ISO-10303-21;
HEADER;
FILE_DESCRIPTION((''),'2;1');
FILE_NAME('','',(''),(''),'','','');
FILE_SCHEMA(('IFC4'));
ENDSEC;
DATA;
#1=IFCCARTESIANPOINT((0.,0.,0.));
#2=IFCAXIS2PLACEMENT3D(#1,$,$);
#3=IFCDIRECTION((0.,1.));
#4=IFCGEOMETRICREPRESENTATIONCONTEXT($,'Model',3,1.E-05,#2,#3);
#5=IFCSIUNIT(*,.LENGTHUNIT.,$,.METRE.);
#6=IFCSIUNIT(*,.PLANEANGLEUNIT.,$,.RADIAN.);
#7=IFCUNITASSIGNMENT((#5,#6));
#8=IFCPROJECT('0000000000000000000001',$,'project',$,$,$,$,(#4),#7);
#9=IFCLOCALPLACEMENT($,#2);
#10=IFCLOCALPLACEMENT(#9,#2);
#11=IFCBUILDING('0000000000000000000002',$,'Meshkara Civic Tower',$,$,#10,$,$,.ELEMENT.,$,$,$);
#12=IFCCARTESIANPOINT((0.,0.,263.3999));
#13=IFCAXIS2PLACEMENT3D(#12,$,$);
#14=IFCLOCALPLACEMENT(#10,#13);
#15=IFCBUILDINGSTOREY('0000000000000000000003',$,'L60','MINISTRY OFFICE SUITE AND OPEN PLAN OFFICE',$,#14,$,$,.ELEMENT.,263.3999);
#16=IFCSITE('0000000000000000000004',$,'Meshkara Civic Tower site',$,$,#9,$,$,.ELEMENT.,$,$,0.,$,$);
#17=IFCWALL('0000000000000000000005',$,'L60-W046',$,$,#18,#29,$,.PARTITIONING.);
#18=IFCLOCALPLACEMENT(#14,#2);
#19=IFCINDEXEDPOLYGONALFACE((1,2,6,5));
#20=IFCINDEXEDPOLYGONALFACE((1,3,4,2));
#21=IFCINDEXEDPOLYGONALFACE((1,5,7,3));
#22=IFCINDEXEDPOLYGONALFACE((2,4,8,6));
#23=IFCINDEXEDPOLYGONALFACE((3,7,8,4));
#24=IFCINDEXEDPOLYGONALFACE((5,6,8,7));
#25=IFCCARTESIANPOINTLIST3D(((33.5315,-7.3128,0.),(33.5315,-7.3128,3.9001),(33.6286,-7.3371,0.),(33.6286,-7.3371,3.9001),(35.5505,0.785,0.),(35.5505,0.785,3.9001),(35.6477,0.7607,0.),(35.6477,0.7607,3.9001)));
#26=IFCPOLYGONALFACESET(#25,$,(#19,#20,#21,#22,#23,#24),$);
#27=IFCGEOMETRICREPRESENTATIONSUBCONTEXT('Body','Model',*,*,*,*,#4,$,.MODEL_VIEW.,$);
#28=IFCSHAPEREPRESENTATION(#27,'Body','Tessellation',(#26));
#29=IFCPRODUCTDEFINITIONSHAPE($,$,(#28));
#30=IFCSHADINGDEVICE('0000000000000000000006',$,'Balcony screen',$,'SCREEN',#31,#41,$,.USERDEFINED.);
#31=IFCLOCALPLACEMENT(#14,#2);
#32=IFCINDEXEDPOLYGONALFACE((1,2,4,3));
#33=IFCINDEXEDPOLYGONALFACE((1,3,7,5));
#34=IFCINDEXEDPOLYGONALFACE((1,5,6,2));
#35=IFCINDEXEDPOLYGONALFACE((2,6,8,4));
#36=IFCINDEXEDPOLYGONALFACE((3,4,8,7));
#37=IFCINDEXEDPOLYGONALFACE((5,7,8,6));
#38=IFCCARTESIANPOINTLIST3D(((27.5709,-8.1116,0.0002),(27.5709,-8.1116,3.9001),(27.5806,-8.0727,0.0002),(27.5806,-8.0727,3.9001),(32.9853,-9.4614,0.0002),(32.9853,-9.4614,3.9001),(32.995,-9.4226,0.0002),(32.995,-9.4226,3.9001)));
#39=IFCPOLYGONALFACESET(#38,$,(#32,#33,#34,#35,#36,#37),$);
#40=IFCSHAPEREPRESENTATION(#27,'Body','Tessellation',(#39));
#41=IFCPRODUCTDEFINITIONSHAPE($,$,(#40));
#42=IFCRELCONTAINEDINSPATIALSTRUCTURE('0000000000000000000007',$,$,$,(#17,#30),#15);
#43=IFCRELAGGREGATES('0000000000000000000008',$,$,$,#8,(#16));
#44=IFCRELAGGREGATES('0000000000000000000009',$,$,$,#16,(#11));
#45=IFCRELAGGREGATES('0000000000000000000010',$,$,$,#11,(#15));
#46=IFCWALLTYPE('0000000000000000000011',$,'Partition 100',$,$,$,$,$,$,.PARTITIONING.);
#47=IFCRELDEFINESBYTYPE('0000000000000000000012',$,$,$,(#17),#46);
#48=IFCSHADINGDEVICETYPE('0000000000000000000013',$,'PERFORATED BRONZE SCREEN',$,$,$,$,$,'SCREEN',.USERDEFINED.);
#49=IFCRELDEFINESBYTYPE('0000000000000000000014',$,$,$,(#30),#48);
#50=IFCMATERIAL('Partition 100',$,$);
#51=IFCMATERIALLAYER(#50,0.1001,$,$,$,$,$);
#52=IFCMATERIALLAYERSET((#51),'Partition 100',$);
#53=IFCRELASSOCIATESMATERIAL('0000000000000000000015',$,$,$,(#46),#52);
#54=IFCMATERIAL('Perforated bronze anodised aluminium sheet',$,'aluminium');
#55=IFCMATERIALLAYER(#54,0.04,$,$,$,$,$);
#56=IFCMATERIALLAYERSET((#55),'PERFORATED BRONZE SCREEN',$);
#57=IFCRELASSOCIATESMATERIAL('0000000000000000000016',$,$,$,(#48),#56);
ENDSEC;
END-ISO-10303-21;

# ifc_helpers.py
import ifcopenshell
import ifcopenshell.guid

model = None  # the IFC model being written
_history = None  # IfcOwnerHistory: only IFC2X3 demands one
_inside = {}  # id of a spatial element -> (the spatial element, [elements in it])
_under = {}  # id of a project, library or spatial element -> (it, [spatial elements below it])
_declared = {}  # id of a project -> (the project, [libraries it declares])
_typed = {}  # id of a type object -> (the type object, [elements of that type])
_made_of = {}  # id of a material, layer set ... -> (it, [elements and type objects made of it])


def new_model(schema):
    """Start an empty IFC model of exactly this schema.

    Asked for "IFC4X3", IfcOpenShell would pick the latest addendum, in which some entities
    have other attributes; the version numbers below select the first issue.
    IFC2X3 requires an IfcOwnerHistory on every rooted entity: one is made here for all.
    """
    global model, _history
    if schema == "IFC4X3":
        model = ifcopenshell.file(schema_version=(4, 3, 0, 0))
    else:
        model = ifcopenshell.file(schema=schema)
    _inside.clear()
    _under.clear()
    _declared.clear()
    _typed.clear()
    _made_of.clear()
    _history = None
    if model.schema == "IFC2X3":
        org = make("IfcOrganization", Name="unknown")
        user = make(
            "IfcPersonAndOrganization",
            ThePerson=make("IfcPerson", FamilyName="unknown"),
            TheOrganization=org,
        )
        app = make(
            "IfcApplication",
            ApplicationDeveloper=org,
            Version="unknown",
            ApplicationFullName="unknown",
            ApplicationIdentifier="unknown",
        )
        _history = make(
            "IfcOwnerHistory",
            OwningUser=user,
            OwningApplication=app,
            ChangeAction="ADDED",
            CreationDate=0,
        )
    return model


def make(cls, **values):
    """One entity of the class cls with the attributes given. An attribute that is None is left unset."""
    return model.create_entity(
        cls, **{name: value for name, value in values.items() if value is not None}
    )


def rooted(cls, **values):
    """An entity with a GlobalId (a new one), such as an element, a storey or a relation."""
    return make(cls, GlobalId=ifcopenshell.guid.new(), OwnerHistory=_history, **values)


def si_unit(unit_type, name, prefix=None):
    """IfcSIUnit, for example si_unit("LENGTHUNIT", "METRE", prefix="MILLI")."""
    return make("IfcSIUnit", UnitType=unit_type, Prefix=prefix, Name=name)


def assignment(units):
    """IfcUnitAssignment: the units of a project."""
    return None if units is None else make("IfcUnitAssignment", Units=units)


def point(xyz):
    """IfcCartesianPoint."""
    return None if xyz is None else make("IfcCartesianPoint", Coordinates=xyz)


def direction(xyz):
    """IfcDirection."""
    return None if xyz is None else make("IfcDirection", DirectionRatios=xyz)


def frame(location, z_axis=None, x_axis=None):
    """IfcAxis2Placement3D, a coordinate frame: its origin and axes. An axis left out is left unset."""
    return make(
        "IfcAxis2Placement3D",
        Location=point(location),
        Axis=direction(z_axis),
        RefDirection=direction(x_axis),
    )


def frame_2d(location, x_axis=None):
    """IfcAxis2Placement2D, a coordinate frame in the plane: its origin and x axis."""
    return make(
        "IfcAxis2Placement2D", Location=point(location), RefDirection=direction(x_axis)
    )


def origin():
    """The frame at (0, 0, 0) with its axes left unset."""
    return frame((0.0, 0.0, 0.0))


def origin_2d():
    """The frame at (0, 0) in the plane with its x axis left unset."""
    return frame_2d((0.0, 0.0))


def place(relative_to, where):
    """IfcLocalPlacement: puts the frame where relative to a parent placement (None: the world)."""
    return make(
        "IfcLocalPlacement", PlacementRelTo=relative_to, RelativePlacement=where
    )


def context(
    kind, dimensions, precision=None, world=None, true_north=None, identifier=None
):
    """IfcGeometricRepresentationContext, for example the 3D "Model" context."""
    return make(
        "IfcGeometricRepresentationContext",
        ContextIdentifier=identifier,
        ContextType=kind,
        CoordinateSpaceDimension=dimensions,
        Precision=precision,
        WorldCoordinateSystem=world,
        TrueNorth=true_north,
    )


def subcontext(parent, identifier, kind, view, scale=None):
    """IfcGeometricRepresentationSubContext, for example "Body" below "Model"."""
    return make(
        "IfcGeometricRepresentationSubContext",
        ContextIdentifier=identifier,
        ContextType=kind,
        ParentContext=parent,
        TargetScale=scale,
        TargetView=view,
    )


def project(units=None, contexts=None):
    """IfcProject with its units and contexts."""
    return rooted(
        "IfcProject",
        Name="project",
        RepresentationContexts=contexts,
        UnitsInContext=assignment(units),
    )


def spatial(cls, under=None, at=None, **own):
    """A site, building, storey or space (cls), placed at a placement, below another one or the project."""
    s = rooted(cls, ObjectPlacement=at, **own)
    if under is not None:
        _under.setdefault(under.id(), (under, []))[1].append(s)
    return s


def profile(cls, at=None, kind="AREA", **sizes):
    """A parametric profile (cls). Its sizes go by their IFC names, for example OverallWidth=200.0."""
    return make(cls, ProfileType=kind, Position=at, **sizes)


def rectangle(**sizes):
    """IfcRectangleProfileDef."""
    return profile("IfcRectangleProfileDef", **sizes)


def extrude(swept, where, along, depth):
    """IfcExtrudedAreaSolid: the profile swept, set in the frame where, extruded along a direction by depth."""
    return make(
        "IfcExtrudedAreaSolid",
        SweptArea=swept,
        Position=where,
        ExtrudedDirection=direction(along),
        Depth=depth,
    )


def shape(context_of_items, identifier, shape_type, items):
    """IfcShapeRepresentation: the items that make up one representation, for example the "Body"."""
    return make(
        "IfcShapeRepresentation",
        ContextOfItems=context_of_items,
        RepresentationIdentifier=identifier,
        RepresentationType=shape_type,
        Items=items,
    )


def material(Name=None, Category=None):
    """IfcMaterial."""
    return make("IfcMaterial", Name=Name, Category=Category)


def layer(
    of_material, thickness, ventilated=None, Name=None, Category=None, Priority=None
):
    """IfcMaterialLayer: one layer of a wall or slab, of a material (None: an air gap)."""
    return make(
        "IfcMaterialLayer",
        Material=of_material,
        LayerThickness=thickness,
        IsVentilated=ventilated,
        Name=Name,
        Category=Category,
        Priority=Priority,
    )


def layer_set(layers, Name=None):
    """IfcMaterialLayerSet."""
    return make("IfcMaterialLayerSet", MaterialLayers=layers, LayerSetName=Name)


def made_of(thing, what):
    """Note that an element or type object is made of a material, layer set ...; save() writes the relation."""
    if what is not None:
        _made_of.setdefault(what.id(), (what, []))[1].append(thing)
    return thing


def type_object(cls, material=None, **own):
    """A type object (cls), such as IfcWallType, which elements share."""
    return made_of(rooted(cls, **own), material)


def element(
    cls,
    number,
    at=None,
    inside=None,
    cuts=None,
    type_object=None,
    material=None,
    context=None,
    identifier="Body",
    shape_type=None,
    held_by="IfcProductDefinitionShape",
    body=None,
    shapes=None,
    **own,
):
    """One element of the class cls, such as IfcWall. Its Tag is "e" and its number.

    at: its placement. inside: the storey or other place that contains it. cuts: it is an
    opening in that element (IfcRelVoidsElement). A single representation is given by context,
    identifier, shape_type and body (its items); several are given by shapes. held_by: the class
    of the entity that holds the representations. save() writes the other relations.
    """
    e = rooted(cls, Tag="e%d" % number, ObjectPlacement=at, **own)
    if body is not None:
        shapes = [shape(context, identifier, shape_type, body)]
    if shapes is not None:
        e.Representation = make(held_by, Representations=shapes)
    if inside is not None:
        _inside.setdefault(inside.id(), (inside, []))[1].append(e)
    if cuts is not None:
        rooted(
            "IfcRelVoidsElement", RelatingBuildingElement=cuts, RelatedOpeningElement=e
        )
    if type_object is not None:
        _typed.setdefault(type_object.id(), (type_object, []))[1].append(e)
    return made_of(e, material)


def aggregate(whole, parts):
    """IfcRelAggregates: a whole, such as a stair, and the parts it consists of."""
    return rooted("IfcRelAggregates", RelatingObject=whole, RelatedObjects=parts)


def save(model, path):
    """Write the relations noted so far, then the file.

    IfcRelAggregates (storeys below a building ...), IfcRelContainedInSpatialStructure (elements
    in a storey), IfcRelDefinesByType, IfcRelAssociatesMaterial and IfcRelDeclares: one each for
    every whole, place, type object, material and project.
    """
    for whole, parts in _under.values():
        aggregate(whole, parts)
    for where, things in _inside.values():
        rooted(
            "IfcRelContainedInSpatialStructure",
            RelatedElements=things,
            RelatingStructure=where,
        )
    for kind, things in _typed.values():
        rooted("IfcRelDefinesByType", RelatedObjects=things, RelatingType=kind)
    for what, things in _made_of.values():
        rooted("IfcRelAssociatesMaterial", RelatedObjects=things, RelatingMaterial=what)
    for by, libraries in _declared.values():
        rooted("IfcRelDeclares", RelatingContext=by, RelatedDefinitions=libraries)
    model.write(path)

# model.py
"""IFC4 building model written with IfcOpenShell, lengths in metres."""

from ifc_helpers import new_model, si_unit, direction, frame, frame_2d, origin, origin_2d, place, context, subcontext, project, spatial, rectangle, extrude, material, layer, layer_set, type_object, element, save


model = new_model("IFC4")

# Units and contexts
model_context = context("Model", 3, precision=1e-05, world=origin(), true_north=direction((0.0, 1.0)))
body_context = subcontext(model_context, "Body", "Model", "MODEL_VIEW")
ifc_project = project(units=[si_unit("LENGTHUNIT", "METRE"), si_unit("PLANEANGLEUNIT", "RADIAN")], contexts=[model_context])

# Site, building, storey
site_placement = place(None, origin())
site = spatial("IfcSite", under=ifc_project, at=site_placement, Name="Meshkara Civic Tower site", CompositionType="ELEMENT", RefElevation=0.0)
building_placement = place(site_placement, origin())
building = spatial("IfcBuilding", under=site, at=building_placement, Name="Meshkara Civic Tower", CompositionType="ELEMENT")
storey_placement = place(building_placement, frame((0.0, 0.0, 263.3999)))
storey = spatial("IfcBuildingStorey", under=building, at=storey_placement, Name="L60", Description="MINISTRY OFFICE SUITE AND OPEN PLAN OFFICE", CompositionType="ELEMENT", Elevation=263.3999)

# Wall
ifc_material_1 = material(Name="Partition 100")
ifc_layer_1 = layer(ifc_material_1, 0.1001)
ifc_layer_set_1 = layer_set([ifc_layer_1], Name="Partition 100")
wall_type_1 = type_object("IfcWallType", Name="Partition 100", PredefinedType="PARTITIONING", material=ifc_layer_set_1)
wall_1_placement = place(storey_placement, frame((33.5801, -7.325, 0.0), z_axis=(0.0, 0.0, 1.0), x_axis=(0.241923, 0.970295, 0.0)))
element("IfcWall", 1, at=wall_1_placement, inside=storey, type_object=wall_type_1, Name="L60-W046", PredefinedType="PARTITIONING", context=body_context, shape_type="SweptSolid", body=[
    extrude(rectangle(XDim=8.3457, YDim=0.1001, at=frame_2d((4.1729, 0.0))), origin(), (0.0, 0.0, 1.0), 3.9001),
])

# Shading device
ifc_material_2 = material(Name="Perforated bronze anodised aluminium sheet", Category="aluminium")
ifc_layer_2 = layer(ifc_material_2, 0.04)
ifc_layer_set_2 = layer_set([ifc_layer_2], Name="PERFORATED BRONZE SCREEN")
shading_device_type = type_object("IfcShadingDeviceType", Name="PERFORATED BRONZE SCREEN", ElementType="SCREEN", PredefinedType="USERDEFINED", material=ifc_layer_set_2)
shading_device_placement = place(storey_placement, frame((30.283, -8.7671, 0.0002), z_axis=(0.0, 0.0, 1.0), x_axis=(0.9703, -0.241905, 0.0)))
element("IfcShadingDevice", 2, at=shading_device_placement, inside=storey, type_object=shading_device_type, Name="Balcony screen", ObjectType="SCREEN", PredefinedType="USERDEFINED", context=body_context, shape_type="SweptSolid", body=[
    extrude(rectangle(XDim=5.5801, YDim=0.04, at=origin_2d()), origin(), (0.0, 0.0, 1.0), 3.8999),
])

save(model, "model.ifc")
